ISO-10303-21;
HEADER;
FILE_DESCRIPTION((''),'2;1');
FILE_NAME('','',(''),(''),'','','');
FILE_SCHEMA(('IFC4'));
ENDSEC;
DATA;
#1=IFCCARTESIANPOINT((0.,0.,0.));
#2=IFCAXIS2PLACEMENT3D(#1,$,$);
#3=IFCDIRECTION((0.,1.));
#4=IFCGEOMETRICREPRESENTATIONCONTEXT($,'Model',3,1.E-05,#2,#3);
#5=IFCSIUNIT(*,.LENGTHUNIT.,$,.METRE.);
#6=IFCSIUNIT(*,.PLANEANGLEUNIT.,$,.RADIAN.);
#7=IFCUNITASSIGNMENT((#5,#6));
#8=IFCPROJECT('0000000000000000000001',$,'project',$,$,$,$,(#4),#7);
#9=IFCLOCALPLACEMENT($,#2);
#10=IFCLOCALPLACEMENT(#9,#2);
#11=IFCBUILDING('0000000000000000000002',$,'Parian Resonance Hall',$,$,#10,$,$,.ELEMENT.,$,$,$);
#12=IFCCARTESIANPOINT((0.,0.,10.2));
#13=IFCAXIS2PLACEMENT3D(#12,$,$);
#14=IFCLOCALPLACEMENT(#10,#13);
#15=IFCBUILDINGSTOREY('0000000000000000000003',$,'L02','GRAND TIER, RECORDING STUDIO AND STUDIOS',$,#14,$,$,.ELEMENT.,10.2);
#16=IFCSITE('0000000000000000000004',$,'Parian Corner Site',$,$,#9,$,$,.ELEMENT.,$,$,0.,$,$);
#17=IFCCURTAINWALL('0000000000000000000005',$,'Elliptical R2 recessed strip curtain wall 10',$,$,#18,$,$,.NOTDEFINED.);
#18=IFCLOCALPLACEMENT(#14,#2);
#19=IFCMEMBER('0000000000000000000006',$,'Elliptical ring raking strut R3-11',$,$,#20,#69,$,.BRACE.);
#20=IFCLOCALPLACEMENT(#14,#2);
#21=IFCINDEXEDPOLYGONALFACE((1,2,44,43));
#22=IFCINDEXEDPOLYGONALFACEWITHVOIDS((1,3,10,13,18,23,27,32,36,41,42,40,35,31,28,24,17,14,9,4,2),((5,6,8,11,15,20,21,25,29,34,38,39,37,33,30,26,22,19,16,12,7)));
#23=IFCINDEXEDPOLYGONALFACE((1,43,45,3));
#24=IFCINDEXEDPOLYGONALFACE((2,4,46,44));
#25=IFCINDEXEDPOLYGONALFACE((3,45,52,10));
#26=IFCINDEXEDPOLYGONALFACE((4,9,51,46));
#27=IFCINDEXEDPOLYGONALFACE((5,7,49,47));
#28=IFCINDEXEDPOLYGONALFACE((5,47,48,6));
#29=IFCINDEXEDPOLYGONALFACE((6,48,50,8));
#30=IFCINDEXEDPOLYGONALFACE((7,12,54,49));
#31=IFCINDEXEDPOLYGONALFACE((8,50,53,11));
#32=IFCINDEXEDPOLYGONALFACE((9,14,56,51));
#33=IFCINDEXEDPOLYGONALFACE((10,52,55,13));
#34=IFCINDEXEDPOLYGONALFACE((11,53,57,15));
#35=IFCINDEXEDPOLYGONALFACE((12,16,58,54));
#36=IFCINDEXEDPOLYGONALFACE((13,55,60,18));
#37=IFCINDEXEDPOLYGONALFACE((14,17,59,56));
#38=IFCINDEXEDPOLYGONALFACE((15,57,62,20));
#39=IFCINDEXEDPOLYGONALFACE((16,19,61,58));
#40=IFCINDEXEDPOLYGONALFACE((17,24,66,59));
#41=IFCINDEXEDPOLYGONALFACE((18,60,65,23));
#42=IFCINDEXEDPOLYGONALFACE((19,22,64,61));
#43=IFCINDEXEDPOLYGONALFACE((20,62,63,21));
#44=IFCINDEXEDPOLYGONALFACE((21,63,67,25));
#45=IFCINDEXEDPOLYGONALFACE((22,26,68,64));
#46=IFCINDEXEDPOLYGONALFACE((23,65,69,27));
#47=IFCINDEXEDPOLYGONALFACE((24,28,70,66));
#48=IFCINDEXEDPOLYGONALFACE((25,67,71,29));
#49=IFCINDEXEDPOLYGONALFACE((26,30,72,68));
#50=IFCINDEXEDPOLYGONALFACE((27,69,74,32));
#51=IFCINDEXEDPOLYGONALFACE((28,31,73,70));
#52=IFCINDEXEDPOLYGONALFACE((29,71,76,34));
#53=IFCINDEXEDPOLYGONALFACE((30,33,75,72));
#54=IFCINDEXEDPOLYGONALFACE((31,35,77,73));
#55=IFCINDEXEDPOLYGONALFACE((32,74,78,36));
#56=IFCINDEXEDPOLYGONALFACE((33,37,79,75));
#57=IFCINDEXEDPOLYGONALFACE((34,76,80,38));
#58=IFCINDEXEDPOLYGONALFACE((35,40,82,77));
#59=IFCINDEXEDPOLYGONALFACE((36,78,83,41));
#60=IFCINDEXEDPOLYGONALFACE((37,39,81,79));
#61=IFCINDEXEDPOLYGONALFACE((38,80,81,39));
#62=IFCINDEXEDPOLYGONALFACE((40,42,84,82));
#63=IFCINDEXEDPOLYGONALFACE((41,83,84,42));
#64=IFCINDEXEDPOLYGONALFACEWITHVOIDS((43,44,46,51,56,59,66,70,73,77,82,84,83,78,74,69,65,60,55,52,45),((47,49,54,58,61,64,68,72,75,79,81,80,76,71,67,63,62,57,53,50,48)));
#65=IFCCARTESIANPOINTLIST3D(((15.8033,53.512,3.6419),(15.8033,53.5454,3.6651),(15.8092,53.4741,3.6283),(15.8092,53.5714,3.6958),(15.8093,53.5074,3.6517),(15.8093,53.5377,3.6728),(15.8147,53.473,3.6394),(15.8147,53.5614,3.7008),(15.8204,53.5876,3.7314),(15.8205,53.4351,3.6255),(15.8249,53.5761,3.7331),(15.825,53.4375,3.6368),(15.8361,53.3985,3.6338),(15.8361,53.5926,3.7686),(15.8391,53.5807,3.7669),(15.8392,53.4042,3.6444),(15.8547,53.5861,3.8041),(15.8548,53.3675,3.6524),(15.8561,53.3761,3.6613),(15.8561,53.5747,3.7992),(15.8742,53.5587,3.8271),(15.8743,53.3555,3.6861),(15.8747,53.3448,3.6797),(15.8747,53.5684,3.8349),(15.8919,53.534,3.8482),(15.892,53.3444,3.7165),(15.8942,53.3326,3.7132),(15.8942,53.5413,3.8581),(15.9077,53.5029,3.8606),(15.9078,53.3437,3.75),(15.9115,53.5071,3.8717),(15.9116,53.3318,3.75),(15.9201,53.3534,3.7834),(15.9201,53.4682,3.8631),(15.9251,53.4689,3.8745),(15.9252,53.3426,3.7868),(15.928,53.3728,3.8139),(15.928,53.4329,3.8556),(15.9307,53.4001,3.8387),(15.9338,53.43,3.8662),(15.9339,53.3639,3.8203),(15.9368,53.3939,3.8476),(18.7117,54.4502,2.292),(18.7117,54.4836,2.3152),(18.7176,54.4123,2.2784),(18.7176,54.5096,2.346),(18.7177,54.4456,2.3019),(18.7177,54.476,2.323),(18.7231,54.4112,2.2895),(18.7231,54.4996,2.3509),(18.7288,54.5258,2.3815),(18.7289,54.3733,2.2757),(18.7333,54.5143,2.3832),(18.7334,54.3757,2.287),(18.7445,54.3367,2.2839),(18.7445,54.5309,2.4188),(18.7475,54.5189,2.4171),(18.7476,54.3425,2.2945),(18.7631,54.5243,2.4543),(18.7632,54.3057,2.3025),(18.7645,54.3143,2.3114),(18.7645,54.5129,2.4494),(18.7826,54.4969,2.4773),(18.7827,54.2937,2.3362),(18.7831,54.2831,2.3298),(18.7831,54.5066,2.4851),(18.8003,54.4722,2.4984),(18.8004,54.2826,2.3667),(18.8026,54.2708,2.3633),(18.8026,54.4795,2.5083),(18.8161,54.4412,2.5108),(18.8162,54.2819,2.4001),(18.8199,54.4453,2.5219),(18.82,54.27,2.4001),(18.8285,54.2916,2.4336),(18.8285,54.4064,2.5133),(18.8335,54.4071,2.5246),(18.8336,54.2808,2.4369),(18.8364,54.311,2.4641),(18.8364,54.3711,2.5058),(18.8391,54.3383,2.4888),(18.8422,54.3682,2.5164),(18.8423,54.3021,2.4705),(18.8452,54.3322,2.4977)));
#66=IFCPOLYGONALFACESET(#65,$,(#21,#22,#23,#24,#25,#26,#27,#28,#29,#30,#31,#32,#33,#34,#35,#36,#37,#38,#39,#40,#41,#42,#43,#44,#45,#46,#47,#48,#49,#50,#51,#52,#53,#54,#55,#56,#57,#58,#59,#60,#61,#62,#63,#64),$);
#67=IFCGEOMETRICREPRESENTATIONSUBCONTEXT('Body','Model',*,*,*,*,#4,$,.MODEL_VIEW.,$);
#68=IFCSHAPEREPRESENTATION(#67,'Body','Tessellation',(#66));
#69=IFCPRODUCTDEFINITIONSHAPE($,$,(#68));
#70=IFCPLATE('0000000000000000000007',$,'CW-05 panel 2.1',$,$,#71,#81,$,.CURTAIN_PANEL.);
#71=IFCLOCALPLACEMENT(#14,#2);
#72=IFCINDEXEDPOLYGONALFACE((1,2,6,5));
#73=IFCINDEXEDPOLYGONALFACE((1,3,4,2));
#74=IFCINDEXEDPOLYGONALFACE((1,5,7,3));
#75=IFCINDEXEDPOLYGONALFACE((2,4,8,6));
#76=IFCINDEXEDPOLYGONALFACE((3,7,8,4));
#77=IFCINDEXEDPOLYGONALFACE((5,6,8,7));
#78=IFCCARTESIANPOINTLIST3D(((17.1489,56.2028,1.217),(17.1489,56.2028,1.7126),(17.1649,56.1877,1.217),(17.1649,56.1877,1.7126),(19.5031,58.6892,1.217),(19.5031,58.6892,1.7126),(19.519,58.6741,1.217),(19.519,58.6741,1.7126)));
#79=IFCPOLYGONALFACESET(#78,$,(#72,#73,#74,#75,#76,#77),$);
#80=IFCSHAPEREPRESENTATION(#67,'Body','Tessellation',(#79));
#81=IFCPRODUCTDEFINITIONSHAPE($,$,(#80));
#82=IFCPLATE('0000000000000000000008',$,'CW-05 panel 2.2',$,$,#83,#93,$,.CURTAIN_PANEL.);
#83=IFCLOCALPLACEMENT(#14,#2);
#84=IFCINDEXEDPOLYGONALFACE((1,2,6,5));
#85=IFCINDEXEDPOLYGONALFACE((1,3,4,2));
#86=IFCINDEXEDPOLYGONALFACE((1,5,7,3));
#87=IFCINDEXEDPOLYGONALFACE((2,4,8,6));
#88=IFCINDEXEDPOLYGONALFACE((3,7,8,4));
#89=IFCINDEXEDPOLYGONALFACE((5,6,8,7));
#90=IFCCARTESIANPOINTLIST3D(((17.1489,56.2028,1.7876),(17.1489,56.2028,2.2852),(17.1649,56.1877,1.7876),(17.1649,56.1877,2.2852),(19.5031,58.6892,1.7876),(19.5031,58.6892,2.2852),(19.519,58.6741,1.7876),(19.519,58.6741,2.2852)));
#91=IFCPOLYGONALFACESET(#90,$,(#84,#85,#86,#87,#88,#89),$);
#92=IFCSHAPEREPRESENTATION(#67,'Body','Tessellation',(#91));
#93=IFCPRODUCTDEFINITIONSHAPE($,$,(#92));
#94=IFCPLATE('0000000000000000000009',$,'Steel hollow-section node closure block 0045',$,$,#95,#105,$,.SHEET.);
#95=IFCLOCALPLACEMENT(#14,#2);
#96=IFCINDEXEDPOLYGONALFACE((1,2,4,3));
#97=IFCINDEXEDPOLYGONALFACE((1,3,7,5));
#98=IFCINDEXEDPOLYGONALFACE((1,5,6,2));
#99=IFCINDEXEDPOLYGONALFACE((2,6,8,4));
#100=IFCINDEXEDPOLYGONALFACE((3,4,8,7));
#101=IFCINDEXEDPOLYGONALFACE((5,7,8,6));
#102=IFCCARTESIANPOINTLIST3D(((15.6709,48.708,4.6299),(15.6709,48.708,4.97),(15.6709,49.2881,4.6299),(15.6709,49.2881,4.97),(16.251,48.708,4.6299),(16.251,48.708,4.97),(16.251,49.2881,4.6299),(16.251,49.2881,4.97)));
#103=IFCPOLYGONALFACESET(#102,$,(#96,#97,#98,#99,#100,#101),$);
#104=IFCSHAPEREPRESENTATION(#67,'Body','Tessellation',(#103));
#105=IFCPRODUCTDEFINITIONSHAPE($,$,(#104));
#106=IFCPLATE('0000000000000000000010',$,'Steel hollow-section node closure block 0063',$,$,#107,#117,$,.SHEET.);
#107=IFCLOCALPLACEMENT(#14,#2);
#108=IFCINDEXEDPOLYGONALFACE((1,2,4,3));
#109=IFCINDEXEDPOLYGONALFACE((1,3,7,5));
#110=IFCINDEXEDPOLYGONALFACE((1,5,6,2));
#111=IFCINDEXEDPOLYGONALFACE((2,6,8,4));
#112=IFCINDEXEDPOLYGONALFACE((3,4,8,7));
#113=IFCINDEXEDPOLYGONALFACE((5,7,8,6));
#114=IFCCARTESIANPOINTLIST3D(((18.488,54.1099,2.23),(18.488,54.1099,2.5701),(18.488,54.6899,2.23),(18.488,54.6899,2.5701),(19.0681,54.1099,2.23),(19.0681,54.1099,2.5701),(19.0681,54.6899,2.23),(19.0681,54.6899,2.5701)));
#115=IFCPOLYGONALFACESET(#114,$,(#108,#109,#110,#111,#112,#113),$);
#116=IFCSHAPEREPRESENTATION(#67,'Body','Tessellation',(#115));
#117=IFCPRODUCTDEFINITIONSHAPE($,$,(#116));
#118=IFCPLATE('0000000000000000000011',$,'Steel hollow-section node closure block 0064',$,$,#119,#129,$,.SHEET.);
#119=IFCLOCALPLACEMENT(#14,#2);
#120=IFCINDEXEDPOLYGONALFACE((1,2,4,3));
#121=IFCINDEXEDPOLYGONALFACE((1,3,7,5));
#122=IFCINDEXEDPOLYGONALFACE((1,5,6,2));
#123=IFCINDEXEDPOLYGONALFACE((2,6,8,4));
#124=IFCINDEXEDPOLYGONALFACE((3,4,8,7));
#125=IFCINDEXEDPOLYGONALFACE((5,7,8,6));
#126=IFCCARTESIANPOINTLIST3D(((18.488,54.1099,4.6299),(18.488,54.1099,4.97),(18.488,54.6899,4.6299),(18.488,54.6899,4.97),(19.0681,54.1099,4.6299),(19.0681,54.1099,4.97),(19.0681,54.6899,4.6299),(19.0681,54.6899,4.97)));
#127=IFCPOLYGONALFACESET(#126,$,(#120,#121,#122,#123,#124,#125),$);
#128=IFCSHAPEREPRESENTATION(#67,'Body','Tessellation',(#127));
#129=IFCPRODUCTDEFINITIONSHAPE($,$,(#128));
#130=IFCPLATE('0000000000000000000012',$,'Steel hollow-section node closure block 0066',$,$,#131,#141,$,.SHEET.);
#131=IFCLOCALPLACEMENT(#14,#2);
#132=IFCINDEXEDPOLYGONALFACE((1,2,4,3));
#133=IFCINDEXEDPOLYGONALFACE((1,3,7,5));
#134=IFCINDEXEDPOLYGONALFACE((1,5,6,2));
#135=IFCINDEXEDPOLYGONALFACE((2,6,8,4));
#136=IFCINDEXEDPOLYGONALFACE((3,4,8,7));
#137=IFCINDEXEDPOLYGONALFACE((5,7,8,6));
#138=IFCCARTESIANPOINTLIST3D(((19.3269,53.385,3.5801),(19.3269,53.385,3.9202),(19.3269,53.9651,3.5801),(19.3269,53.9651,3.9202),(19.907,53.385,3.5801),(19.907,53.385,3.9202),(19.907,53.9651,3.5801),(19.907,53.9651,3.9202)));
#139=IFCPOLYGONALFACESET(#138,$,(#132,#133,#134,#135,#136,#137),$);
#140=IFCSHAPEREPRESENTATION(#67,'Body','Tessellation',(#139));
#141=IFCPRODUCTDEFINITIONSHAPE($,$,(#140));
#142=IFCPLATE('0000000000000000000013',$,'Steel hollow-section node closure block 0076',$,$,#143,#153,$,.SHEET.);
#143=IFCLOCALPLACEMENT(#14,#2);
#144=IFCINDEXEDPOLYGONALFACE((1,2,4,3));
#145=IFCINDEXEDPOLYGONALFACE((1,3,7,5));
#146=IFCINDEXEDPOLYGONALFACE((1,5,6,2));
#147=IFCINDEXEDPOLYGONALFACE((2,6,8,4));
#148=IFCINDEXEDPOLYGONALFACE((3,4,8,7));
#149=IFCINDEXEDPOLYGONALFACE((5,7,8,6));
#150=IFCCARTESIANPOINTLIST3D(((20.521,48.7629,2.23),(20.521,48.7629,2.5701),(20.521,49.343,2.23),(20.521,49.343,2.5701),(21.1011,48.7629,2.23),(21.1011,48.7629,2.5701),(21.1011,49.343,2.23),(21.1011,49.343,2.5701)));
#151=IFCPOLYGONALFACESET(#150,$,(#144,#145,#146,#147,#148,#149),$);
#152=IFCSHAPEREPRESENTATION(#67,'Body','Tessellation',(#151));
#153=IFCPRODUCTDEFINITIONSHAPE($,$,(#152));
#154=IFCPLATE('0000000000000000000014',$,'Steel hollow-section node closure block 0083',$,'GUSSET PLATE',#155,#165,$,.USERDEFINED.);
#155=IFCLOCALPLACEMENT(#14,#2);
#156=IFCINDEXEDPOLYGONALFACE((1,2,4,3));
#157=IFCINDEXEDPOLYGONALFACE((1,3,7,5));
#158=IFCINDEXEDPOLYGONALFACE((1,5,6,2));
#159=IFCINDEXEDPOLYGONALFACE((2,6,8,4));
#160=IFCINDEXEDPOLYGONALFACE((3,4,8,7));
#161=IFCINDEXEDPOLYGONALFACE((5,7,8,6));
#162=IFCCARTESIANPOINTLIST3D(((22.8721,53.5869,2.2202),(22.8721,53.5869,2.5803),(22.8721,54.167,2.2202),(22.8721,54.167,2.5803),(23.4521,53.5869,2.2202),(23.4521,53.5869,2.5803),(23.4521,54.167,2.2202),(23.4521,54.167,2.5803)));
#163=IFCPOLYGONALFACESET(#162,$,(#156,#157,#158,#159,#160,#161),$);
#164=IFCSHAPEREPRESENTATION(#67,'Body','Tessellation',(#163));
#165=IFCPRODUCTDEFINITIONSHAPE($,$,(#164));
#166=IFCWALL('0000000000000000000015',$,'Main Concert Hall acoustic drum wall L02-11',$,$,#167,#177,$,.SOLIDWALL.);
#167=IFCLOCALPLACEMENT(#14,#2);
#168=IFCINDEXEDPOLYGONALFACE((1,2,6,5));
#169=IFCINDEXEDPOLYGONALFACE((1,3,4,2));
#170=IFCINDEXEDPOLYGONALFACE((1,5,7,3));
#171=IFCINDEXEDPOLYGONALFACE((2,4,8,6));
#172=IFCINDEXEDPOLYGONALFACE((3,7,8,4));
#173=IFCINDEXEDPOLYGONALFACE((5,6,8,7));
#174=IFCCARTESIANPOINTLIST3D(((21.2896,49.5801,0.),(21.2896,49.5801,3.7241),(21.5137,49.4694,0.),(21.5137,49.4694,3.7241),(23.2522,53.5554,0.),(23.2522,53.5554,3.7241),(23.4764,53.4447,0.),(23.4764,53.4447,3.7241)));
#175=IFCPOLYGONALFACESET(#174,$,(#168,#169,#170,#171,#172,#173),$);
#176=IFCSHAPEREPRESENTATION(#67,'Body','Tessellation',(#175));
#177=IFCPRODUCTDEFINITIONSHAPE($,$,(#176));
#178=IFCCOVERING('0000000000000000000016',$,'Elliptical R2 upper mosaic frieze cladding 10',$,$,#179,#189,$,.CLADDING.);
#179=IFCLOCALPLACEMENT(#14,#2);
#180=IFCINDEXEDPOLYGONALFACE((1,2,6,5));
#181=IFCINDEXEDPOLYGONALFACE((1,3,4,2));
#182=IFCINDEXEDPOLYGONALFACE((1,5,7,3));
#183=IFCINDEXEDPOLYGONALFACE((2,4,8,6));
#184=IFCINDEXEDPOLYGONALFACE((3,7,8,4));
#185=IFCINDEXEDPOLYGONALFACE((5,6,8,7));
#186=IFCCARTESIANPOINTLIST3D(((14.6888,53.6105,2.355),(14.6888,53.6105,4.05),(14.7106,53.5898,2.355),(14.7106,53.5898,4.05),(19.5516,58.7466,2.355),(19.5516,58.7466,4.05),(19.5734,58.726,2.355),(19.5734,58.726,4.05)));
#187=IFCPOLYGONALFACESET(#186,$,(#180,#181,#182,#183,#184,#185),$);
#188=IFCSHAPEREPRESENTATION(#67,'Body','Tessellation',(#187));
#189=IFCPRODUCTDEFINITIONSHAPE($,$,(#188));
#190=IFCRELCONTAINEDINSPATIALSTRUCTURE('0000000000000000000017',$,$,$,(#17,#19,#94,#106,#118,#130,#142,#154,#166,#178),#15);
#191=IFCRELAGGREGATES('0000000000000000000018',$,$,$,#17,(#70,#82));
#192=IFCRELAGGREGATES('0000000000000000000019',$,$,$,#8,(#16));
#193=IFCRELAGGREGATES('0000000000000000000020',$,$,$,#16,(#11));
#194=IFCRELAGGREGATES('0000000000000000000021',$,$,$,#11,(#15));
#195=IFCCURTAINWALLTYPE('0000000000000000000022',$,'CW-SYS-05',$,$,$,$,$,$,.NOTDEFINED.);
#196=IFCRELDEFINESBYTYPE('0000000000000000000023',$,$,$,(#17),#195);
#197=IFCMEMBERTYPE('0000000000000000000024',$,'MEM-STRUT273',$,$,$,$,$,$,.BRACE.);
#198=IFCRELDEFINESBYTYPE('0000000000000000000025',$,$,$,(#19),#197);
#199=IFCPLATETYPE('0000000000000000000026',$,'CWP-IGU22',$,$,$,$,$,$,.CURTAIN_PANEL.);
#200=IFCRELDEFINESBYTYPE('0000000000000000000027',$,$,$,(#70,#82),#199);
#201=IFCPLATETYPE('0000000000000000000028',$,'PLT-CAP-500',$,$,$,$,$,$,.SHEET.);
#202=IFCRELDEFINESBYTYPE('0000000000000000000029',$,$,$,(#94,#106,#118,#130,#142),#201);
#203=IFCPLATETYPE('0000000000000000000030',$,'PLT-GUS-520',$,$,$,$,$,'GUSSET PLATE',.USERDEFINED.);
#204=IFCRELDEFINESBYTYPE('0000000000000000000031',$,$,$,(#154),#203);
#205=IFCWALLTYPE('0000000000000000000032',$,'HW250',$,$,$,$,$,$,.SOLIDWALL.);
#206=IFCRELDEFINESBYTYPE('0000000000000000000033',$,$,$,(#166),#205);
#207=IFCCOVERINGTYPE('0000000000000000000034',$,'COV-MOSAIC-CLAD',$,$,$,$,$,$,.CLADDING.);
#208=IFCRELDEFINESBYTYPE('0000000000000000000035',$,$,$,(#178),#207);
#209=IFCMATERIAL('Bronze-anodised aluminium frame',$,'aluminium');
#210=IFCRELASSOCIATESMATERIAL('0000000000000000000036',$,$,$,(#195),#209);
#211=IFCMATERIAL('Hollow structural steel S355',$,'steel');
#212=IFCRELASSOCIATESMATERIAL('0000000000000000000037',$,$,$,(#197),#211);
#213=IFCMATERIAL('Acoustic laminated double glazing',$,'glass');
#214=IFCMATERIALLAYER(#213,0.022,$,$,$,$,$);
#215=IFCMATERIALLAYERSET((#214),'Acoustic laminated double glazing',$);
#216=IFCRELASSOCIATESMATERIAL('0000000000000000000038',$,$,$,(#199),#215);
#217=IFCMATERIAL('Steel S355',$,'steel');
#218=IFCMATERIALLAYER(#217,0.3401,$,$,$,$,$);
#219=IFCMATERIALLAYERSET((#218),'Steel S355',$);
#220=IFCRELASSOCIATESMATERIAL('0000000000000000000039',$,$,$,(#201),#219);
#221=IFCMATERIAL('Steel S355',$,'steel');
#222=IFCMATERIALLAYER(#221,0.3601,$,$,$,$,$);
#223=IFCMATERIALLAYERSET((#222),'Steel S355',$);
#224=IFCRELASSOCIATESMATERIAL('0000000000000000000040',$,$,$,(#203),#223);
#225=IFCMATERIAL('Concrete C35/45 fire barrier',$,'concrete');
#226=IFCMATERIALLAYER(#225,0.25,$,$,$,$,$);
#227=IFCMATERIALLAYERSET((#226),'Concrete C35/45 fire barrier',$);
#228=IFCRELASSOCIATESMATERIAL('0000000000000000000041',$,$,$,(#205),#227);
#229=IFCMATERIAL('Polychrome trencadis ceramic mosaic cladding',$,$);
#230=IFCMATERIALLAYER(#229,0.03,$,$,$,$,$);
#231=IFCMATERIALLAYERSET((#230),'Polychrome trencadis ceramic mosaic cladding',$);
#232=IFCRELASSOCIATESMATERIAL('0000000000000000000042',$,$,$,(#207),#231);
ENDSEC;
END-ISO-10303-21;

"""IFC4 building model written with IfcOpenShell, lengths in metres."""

from ifc_helpers import new_model, si_unit, direction, frame, frame_2d, origin, origin_2d, place, context, subcontext, project, spatial, rectangle, hollow_circle, extrude, material, layer, layer_set, material_profile, profile_set, type_object, element, aggregate, save


model = new_model("IFC4")

# Units and contexts
model_context = context("Model", 3, precision=1e-05, world=origin(), true_north=direction((0.0, 1.0)))
body_context = subcontext(model_context, "Body", "Model", "MODEL_VIEW")
ifc_project = project(units=[si_unit("LENGTHUNIT", "METRE"), si_unit("PLANEANGLEUNIT", "RADIAN")], contexts=[model_context])

# Site, building, storey
site_placement = place(None, origin())
site = spatial("IfcSite", under=ifc_project, at=site_placement, Name="Parian Corner Site", CompositionType="ELEMENT", RefElevation=0.0)
building_placement = place(site_placement, origin())
building = spatial("IfcBuilding", under=site, at=building_placement, Name="Parian Resonance Hall", CompositionType="ELEMENT")
storey_placement = place(building_placement, frame((0.0, 0.0, 10.2)))
storey = spatial("IfcBuildingStorey", under=building, at=storey_placement, Name="L02", Description="GRAND TIER, RECORDING STUDIO AND STUDIOS", CompositionType="ELEMENT", Elevation=10.2)

# Curtain wall
ifc_material_1 = material(Name="Bronze-anodised aluminium frame", Category="aluminium")
curtain_wall_type = type_object("IfcCurtainWallType", Name="CW-SYS-05", PredefinedType="NOTDEFINED", material=ifc_material_1)
curtain_wall_placement = place(storey_placement, origin())
curtain_wall = element("IfcCurtainWall", 1, at=curtain_wall_placement, inside=storey, type_object=curtain_wall_type, Name="Elliptical R2 recessed strip curtain wall 10", PredefinedType="NOTDEFINED")

# Member
ifc_material_2 = material(Name="Hollow structural steel S355", Category="steel")
ifc_material_profile_1 = material_profile(ifc_material_2, hollow_circle(Radius=0.1365, WallThickness=0.0125, at=origin_2d()), Name="CHS273x12.5")
ifc_profile_set_1 = profile_set([ifc_material_profile_1], Name="Hollow structural steel S355")
member_type_1 = type_object("IfcMemberType", Name="MEM-STRUT273", PredefinedType="BRACE", material=ifc_profile_set_1)
member_1_placement = place(storey_placement, frame((18.7781, 54.3999, 2.4001), z_axis=(-0.870564, -0.280834, 0.404042), x_axis=(0.30701, -0.951706, 0.0)))
element("IfcMember", 2, at=member_1_placement, inside=storey, type_object=member_type_1, Name="Elliptical ring raking strut R3-11", PredefinedType="BRACE", context=body_context, shape_type="SweptSolid", body=[
    extrude(hollow_circle(Radius=0.1365, WallThickness=0.0125, at=origin_2d()), origin(), (0.0, 0.0, 1.0), 3.3408),
])

# Plates
ifc_material_3 = material(Name="Acoustic laminated double glazing", Category="glass")
ifc_layer_1 = layer(ifc_material_3, 0.022)
ifc_layer_set_1 = layer_set([ifc_layer_1], Name="Acoustic laminated double glazing")
plate_type_1 = type_object("IfcPlateType", Name="CWP-IGU22", PredefinedType="CURTAIN_PANEL", material=ifc_layer_set_1)
plate_1_placement = place(storey_placement, frame((18.334, 57.4385, 1.217), z_axis=(0.0, 0.0, 1.0), x_axis=(0.687523, 0.726163, 0.0)))
plate_1 = element("IfcPlate", 3, at=plate_1_placement, type_object=plate_type_1, Name="CW-05 panel 2.1", PredefinedType="CURTAIN_PANEL", context=body_context, shape_type="SweptSolid", body=[
    extrude(rectangle(XDim=3.4241, YDim=0.022, at=origin_2d()), origin(), (0.0, 0.0, 1.0), 0.4956),
])
plate_2_placement = place(storey_placement, frame((18.334, 57.4385, 1.7876), z_axis=(0.0, 0.0, 1.0), x_axis=(0.687523, 0.726163, 0.0)))
plate_2 = element("IfcPlate", 4, at=plate_2_placement, type_object=plate_type_1, Name="CW-05 panel 2.2", PredefinedType="CURTAIN_PANEL", context=body_context, shape_type="SweptSolid", body=[
    extrude(rectangle(XDim=3.4241, YDim=0.022, at=origin_2d()), origin(), (0.0, 0.0, 1.0), 0.4976),
])
aggregate(curtain_wall, [plate_1, plate_2])

# Plates
ifc_material_4 = material(Name="Steel S355", Category="steel")
ifc_layer_2 = layer(ifc_material_4, 0.3401)
ifc_layer_set_2 = layer_set([ifc_layer_2], Name="Steel S355")
plate_type_2 = type_object("IfcPlateType", Name="PLT-CAP-500", PredefinedType="SHEET", material=ifc_layer_set_2)
for number, where, z_axis, x_axis, name in (
    (5, (15.9609, 48.998, 4.6299), (0.0, 0.0, 1.0), (1.0, 0.0, 0.0), "Steel hollow-section node closure block 0045"),
    (6, (18.7781, 54.3999, 2.23), (0.0, 0.0, 1.0), (1.0, 0.0, 0.0), "Steel hollow-section node closure block 0063"),
    (7, (18.7781, 54.3999, 4.6299), (0.0, 0.0, 1.0), (1.0, 0.0, 0.0), "Steel hollow-section node closure block 0064"),
    (8, (19.6169, 53.675, 3.5801), (0.0, 0.0, 1.0), (1.0, 0.0, 0.0), "Steel hollow-section node closure block 0066"),
    (9, (20.811, 49.053, 2.23), (0.0, 0.0, 1.0), (1.0, 0.0, 0.0), "Steel hollow-section node closure block 0076"),
):
    element("IfcPlate", number, at=place(storey_placement, frame(where, z_axis=z_axis, x_axis=x_axis)), inside=storey, type_object=plate_type_2, Name=name, PredefinedType="SHEET", context=body_context, shape_type="SweptSolid", body=[
        extrude(rectangle(XDim=0.5801, YDim=0.5801, at=origin_2d()), origin(), (0.0, 0.0, 1.0), 0.3401),
    ])
ifc_material_5 = material(Name="Steel S355", Category="steel")
ifc_layer_3 = layer(ifc_material_5, 0.3601)
ifc_layer_set_3 = layer_set([ifc_layer_3], Name="Steel S355")
plate_type_3 = type_object("IfcPlateType", Name="PLT-GUS-520", ElementType="GUSSET PLATE", PredefinedType="USERDEFINED", material=ifc_layer_set_3)
plate_3_placement = place(storey_placement, frame((23.1621, 53.877, 2.2202), z_axis=(0.0, 0.0, 1.0), x_axis=(1.0, 0.0, 0.0)))
element("IfcPlate", 10, at=plate_3_placement, inside=storey, type_object=plate_type_3, Name="Steel hollow-section node closure block 0083", ObjectType="GUSSET PLATE", PredefinedType="USERDEFINED", context=body_context, shape_type="SweptSolid", body=[
    extrude(rectangle(XDim=0.5801, YDim=0.5801, at=origin_2d()), origin(), (0.0, 0.0, 1.0), 0.3601),
])

# Wall
ifc_material_6 = material(Name="Concrete C35/45 fire barrier", Category="concrete")
ifc_layer_4 = layer(ifc_material_6, 0.25)
ifc_layer_set_4 = layer_set([ifc_layer_4], Name="Concrete C35/45 fire barrier")
wall_type = type_object("IfcWallType", Name="HW250", PredefinedType="SOLIDWALL", material=ifc_layer_set_4)
wall_placement = place(storey_placement, frame((21.4016, 49.5247, 0.0), z_axis=(0.0, 0.0, 1.0), x_axis=(0.442692, 0.896674, 0.0)))
element("IfcWall", 11, at=wall_placement, inside=storey, type_object=wall_type, Name="Main Concert Hall acoustic drum wall L02-11", PredefinedType="SOLIDWALL", context=body_context, shape_type="SweptSolid", body=[
    extrude(rectangle(XDim=4.4333, YDim=0.25, at=frame_2d((2.2168, 0.0))), origin(), (0.0, 0.0, 1.0), 3.7241),
])

# Covering
ifc_material_7 = material(Name="Polychrome trencadis ceramic mosaic cladding")
ifc_layer_5 = layer(ifc_material_7, 0.03)
ifc_layer_set_5 = layer_set([ifc_layer_5], Name="Polychrome trencadis ceramic mosaic cladding")
covering_type = type_object("IfcCoveringType", Name="COV-MOSAIC-CLAD", PredefinedType="CLADDING", material=ifc_layer_set_5)
covering_placement = place(storey_placement, frame((17.1311, 56.1682, 2.355), z_axis=(0.0, 0.0, 1.0), x_axis=(0.687524, 0.726162, 0.0)))
element("IfcCovering", 12, at=covering_placement, inside=storey, type_object=covering_type, Name="Elliptical R2 upper mosaic frieze cladding 10", PredefinedType="CLADDING", context=body_context, shape_type="SweptSolid", body=[
    extrude(rectangle(XDim=7.073, YDim=0.03, at=origin_2d()), origin(), (0.0, 0.0, 1.0), 1.6951),
])

save(model, "model.ifc")
